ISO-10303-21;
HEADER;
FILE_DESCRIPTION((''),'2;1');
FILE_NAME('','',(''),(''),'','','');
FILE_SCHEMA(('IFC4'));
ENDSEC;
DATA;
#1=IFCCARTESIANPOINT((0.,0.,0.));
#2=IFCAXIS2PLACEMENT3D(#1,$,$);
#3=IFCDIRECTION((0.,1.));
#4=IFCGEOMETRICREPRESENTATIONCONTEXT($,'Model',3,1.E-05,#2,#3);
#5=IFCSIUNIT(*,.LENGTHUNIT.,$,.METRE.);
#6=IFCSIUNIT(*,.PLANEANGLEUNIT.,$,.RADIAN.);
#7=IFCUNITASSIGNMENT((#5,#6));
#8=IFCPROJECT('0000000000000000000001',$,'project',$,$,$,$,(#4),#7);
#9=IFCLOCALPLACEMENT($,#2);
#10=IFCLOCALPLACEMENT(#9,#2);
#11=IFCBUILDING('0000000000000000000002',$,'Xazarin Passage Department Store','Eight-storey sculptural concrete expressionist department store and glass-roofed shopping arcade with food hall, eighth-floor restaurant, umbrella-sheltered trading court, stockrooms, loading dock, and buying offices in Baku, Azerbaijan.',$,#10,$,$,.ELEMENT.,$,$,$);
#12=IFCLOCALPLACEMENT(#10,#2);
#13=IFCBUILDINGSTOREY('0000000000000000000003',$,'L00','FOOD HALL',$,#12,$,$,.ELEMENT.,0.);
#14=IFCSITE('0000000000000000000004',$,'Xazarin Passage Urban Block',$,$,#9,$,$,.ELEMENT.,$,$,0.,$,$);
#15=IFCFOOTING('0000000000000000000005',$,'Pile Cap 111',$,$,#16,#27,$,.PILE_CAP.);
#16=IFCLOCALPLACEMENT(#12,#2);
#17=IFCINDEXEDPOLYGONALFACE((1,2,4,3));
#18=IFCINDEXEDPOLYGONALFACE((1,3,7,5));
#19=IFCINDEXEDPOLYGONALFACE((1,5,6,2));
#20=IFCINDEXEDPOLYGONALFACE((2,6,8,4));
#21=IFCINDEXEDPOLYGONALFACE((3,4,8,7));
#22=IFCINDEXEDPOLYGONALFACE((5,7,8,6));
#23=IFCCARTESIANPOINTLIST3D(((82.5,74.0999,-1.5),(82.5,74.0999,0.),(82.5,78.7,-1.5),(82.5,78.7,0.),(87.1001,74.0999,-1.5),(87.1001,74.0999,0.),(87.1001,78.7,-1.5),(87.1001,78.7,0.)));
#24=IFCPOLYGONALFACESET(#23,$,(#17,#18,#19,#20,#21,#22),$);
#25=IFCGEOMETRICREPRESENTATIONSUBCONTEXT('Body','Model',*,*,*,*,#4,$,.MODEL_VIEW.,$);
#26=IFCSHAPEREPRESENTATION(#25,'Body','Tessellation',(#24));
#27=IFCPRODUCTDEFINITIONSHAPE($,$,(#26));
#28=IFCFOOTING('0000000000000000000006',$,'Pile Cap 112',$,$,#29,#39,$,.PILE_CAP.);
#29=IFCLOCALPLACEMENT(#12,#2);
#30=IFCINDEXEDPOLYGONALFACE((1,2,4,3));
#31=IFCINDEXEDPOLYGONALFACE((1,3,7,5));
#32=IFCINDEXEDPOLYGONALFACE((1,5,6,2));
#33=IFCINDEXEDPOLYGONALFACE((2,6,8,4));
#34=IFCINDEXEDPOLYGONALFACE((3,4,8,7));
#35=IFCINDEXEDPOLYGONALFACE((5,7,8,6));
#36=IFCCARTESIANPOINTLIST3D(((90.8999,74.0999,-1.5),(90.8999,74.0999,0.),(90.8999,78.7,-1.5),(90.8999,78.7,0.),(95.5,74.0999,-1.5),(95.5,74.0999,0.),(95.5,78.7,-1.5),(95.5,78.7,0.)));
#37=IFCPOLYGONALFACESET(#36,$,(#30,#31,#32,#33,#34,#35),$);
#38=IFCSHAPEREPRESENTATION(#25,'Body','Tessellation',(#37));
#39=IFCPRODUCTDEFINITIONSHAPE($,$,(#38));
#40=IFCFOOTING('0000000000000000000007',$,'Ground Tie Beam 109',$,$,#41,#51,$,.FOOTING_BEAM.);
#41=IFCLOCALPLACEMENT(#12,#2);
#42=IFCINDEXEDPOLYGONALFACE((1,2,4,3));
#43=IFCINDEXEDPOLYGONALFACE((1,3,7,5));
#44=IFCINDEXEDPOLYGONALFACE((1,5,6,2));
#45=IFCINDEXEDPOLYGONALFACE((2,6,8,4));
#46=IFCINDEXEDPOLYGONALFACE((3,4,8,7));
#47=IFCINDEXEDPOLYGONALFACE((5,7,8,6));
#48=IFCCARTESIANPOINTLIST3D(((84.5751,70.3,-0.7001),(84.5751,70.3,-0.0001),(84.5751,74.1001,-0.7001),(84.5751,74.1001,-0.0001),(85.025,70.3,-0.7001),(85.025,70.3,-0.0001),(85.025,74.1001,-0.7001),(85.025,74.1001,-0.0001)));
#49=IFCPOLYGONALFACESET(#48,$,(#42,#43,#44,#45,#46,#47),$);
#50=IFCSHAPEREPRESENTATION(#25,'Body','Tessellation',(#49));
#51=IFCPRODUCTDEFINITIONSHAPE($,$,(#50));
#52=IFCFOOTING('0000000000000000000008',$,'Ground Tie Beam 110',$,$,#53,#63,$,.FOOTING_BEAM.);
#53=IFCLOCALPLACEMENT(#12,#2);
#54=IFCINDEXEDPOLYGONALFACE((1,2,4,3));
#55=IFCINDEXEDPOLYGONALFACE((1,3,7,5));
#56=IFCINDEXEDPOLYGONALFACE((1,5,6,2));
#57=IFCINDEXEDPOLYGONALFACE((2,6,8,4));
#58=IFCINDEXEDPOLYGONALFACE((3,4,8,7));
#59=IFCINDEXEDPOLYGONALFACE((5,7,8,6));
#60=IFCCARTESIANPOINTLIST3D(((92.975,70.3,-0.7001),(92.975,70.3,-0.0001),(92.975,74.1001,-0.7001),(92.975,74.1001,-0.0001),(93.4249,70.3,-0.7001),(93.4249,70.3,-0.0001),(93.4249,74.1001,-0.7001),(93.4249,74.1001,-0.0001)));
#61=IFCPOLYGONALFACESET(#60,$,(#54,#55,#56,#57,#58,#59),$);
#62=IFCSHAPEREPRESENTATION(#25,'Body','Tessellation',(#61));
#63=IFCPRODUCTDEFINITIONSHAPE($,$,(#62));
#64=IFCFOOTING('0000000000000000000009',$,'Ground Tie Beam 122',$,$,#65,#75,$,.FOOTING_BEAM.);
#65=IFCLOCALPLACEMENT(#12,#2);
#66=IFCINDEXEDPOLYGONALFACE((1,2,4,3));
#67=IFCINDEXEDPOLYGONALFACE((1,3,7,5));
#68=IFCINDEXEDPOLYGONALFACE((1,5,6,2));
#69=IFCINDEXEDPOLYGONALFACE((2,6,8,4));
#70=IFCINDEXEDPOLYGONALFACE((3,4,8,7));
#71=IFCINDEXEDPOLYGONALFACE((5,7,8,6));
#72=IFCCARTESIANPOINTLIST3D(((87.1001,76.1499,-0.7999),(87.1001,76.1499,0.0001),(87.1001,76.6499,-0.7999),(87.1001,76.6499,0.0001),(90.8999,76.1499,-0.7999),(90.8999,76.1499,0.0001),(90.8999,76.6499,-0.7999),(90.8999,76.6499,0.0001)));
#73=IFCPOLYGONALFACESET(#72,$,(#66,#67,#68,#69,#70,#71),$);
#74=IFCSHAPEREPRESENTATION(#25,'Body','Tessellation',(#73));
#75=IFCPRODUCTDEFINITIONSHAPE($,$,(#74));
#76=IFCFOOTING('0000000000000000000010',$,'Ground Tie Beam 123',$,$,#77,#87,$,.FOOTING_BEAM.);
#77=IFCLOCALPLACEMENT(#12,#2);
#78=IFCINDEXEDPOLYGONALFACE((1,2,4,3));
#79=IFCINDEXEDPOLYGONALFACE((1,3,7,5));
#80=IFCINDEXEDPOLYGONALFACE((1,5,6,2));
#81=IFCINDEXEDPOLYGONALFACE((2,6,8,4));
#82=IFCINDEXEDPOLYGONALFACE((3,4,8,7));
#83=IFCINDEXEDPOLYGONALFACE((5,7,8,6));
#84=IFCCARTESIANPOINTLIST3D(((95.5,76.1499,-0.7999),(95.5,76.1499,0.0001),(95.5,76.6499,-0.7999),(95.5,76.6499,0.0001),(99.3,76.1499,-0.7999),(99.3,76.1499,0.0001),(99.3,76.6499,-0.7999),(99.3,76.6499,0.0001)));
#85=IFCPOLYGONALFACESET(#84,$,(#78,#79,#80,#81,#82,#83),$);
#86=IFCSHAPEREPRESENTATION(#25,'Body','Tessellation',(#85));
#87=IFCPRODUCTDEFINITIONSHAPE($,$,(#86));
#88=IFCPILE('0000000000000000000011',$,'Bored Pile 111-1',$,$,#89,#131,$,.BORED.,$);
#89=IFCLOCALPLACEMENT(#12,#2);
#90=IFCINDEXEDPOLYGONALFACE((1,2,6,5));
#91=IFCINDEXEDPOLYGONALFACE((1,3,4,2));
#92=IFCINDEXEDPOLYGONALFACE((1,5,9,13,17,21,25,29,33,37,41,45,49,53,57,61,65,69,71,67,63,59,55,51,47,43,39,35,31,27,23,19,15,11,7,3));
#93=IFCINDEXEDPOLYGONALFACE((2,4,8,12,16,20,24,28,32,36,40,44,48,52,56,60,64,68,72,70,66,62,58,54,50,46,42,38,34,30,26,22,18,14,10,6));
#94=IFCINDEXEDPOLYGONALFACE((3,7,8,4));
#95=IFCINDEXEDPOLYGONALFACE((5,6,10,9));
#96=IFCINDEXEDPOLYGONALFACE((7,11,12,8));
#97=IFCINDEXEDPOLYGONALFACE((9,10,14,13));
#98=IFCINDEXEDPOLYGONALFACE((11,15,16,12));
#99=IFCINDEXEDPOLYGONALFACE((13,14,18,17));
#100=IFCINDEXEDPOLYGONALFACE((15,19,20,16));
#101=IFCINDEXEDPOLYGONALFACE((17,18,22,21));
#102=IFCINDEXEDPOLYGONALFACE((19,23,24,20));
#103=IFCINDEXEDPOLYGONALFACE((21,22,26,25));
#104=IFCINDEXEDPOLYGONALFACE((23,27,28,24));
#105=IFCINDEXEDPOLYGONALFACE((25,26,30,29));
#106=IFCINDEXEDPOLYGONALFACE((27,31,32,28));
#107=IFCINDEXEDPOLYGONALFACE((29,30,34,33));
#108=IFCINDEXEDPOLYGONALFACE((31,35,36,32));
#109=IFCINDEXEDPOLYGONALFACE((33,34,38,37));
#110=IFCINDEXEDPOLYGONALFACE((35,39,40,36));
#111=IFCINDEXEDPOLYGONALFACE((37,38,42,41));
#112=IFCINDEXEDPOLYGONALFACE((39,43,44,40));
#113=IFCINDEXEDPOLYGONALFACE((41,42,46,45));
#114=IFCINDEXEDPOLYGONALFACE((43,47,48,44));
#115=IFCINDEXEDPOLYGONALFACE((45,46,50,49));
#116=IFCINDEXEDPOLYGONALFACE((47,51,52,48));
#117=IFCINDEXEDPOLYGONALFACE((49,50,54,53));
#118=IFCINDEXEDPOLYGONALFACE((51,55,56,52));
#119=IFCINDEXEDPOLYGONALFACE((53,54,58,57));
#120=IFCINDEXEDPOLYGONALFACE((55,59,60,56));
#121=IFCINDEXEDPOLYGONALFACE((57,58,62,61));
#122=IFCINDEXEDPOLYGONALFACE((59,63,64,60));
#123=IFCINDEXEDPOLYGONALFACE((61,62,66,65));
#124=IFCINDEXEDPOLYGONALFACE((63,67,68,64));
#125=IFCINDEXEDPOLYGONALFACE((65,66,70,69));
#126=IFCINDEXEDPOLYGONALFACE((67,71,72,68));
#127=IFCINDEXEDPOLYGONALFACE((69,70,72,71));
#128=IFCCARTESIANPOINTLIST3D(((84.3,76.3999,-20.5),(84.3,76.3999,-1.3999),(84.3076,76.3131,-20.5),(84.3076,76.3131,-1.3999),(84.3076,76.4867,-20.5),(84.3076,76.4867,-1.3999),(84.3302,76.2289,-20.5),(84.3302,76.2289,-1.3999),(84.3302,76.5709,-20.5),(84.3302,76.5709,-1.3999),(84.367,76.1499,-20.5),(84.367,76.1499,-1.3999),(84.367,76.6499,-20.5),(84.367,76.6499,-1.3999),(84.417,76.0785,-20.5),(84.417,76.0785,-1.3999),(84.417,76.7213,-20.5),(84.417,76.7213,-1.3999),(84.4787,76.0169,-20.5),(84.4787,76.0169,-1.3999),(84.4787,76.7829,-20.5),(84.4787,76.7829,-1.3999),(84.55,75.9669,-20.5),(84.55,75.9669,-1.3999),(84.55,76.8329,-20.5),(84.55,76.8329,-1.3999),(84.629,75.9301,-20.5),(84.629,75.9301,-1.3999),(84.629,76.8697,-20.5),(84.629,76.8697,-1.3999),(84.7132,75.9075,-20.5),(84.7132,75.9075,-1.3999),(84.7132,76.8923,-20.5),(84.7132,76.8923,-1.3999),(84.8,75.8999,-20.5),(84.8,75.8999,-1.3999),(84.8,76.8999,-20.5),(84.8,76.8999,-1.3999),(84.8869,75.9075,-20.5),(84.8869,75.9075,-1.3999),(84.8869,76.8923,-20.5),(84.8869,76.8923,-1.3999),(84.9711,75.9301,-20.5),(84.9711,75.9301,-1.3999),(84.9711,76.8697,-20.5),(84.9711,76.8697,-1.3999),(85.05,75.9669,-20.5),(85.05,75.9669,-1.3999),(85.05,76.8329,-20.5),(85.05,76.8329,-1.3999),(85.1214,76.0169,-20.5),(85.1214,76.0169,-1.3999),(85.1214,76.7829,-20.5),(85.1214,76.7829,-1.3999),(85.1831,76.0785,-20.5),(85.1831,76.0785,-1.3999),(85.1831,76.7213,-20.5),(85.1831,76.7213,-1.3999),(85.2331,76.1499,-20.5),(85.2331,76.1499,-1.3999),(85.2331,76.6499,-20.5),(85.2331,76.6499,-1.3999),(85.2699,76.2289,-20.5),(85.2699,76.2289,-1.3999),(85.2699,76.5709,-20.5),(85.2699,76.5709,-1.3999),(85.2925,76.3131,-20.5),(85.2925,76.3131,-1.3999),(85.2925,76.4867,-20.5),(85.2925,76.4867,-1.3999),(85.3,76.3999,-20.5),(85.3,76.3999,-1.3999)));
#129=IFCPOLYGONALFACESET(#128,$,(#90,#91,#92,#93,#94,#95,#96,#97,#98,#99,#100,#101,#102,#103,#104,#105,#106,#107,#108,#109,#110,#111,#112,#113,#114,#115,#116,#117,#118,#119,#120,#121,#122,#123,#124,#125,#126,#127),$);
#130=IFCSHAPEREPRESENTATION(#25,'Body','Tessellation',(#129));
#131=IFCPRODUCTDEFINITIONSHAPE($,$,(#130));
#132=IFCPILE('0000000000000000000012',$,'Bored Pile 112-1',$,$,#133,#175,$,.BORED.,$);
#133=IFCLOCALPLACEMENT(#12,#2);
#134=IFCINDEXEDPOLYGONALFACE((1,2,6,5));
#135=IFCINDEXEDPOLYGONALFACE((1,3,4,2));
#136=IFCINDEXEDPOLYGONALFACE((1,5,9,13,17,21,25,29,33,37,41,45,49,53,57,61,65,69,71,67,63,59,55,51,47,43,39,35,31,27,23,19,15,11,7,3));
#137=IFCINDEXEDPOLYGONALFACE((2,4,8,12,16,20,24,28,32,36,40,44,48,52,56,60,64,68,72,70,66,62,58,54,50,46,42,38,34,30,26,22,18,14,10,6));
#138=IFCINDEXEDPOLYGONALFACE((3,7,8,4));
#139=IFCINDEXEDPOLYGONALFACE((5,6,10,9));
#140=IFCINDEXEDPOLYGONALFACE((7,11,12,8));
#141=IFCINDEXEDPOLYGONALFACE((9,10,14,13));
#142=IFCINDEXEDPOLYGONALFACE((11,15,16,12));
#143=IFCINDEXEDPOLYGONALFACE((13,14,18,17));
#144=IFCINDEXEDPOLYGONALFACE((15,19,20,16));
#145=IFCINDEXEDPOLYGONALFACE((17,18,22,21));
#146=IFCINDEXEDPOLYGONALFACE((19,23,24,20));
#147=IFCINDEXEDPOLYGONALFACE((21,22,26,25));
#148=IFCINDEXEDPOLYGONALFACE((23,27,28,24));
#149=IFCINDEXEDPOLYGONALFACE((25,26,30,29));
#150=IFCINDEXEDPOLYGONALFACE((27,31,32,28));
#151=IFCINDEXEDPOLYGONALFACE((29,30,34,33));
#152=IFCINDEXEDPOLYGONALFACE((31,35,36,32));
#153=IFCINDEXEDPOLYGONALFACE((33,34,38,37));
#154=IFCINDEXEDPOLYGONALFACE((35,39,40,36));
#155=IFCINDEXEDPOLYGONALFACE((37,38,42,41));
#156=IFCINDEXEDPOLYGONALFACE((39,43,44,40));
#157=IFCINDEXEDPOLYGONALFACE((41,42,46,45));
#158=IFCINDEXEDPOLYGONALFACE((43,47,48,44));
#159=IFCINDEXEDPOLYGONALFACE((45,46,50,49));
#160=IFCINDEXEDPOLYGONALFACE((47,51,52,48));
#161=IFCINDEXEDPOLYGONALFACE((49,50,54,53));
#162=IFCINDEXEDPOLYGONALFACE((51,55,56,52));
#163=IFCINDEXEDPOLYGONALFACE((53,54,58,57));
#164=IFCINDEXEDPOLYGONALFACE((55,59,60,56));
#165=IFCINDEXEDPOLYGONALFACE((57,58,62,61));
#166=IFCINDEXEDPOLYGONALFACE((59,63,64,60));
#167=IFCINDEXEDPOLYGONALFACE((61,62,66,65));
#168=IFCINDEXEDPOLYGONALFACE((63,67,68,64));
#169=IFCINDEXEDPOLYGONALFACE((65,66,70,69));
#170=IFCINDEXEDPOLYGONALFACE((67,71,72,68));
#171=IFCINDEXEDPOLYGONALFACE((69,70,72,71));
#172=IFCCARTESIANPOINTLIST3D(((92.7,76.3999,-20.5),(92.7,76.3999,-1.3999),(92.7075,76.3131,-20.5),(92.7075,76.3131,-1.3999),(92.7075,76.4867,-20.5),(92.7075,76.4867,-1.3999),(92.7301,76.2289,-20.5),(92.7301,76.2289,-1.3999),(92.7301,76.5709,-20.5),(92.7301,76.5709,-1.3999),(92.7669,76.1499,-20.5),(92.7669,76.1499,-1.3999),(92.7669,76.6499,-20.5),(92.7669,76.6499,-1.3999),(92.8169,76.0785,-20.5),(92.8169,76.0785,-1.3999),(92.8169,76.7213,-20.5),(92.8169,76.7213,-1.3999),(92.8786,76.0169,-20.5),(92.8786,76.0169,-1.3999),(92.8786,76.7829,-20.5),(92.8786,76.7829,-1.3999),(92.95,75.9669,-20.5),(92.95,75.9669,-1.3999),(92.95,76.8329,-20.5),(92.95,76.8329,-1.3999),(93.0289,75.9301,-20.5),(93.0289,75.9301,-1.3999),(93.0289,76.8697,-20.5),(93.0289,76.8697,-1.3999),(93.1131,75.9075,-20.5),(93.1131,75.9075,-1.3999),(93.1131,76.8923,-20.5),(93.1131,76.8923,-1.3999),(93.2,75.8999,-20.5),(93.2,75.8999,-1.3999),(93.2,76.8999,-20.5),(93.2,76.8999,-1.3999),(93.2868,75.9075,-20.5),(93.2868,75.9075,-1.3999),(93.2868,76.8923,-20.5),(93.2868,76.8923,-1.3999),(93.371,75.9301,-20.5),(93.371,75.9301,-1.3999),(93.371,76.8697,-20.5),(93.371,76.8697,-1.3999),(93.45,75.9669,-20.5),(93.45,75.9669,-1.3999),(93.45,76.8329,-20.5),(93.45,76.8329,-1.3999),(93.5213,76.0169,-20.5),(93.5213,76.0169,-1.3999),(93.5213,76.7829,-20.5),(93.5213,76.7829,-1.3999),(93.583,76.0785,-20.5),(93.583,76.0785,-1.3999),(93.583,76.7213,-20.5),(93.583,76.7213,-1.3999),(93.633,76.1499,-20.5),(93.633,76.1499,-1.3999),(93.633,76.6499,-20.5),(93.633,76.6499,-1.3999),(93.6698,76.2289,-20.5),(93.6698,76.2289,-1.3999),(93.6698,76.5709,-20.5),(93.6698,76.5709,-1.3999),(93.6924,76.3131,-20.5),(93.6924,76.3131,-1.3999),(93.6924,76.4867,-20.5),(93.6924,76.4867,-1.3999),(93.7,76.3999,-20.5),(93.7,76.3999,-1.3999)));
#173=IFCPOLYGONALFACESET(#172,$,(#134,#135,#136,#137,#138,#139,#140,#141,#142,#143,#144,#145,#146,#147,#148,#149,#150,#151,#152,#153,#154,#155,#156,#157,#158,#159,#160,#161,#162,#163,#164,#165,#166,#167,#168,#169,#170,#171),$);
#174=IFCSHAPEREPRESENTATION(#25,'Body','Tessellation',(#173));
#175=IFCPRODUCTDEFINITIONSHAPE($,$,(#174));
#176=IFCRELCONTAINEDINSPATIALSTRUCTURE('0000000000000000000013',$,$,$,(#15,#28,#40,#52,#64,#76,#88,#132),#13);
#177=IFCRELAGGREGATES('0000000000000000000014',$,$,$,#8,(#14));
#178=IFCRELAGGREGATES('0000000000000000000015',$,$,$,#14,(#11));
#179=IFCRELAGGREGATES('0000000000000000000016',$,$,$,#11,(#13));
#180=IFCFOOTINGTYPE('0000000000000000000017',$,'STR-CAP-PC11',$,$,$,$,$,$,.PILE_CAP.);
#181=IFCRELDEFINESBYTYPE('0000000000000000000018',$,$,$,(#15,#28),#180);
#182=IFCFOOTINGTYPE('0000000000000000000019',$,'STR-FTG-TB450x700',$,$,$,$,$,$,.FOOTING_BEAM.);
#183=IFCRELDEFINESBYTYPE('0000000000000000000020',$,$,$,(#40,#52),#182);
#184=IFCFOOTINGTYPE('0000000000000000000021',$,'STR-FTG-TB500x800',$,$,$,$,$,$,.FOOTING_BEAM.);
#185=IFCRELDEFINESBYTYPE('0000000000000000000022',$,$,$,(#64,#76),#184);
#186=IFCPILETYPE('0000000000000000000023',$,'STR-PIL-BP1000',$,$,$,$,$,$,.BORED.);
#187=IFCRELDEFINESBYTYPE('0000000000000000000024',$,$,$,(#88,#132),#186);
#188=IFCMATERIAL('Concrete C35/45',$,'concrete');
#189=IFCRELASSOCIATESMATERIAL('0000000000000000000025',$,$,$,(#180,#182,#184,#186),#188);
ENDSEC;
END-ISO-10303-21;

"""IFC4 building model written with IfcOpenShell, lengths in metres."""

from ifc_helpers import new_model, si_unit, direction, frame, origin, origin_2d, place, context, subcontext, project, spatial, rectangle, circle, extrude, material, material_profile, profile_set, type_object, element, save


model = new_model("IFC4")

# Units and contexts
model_context = context("Model", 3, precision=1e-05, world=origin(), true_north=direction((0.0, 1.0)))
body_context = subcontext(model_context, "Body", "Model", "MODEL_VIEW")
ifc_project = project(units=[si_unit("LENGTHUNIT", "METRE"), si_unit("PLANEANGLEUNIT", "RADIAN")], contexts=[model_context])

# Site, building, storey
site_placement = place(None, origin())
site = spatial("IfcSite", under=ifc_project, at=site_placement, Name="Xazarin Passage Urban Block", CompositionType="ELEMENT", RefElevation=0.0)
building_placement = place(site_placement, origin())
building = spatial("IfcBuilding", under=site, at=building_placement, Name="Xazarin Passage Department Store", Description="Eight-storey sculptural concrete expressionist department store and glass-roofed shopping arcade with food hall, eighth-floor restaurant, umbrella-sheltered trading court, stockrooms, loading dock, and buying offices in Baku, Azerbaijan.", CompositionType="ELEMENT")
storey_placement = place(building_placement, origin())
storey = spatial("IfcBuildingStorey", under=building, at=storey_placement, Name="L00", Description="FOOD HALL", CompositionType="ELEMENT", Elevation=0.0)

# Footings
ifc_material_1 = material(Name="Concrete C35/45", Category="concrete")
footing_type_1 = type_object("IfcFootingType", Name="STR-CAP-PC11", PredefinedType="PILE_CAP", material=ifc_material_1)
for number, where, z_axis, x_axis, name in (
    (1, (84.8, 76.3999, -1.5), (0.0, 0.0, 1.0), (1.0, 0.0, 0.0), "Pile Cap 111"),
    (2, (93.2, 76.3999, -1.5), (0.0, 0.0, 1.0), (1.0, 0.0, 0.0), "Pile Cap 112"),
):
    element("IfcFooting", number, at=place(storey_placement, frame(where, z_axis=z_axis, x_axis=x_axis)), inside=storey, type_object=footing_type_1, Name=name, PredefinedType="PILE_CAP", context=body_context, shape_type="SweptSolid", body=[
        extrude(rectangle(XDim=4.6001, YDim=4.6001, at=origin_2d()), origin(), (0.0, 0.0, 1.0), 1.5),
    ])
ifc_material_profile_1 = material_profile(ifc_material_1, rectangle(XDim=0.45, YDim=0.7, at=origin_2d()), Name="RC 450x700")
ifc_profile_set_1 = profile_set([ifc_material_profile_1], Name="Concrete C35/45")
footing_type_2 = type_object("IfcFootingType", Name="STR-FTG-TB450x700", PredefinedType="FOOTING_BEAM", material=ifc_profile_set_1)
for number, where, z_axis, x_axis, name in (
    (3, (84.8, 70.3, -0.3501), (0.0, 1.0, 0.0), (-1.0, 0.0, 0.0), "Ground Tie Beam 109"),
    (4, (93.2, 70.3, -0.3501), (0.0, 1.0, 0.0), (-1.0, 0.0, 0.0), "Ground Tie Beam 110"),
):
    element("IfcFooting", number, at=place(storey_placement, frame(where, z_axis=z_axis, x_axis=x_axis)), inside=storey, type_object=footing_type_2, Name=name, PredefinedType="FOOTING_BEAM", context=body_context, shape_type="SweptSolid", body=[
        extrude(rectangle(XDim=0.45, YDim=0.7, at=origin_2d()), origin(), (0.0, 0.0, 1.0), 3.8),
    ])
ifc_material_profile_2 = material_profile(ifc_material_1, rectangle(XDim=0.5, YDim=0.8, at=origin_2d()), Name="RC 500x800")
ifc_profile_set_2 = profile_set([ifc_material_profile_2], Name="Concrete C35/45")
footing_type_3 = type_object("IfcFootingType", Name="STR-FTG-TB500x800", PredefinedType="FOOTING_BEAM", material=ifc_profile_set_2)
footing_1_placement = place(storey_placement, frame((87.1001, 76.3999, -0.3999), z_axis=(1.0, 0.0, 0.0), x_axis=(0.0, 1.0, 0.0)))
element("IfcFooting", 5, at=footing_1_placement, inside=storey, type_object=footing_type_3, Name="Ground Tie Beam 122", PredefinedType="FOOTING_BEAM", context=body_context, shape_type="SweptSolid", body=[
    extrude(rectangle(XDim=0.5, YDim=0.8, at=origin_2d()), origin(), (0.0, 0.0, 1.0), 3.7998),
])
footing_2_placement = place(storey_placement, frame((95.5, 76.3999, -0.3999), z_axis=(1.0, 0.0, 0.0), x_axis=(0.0, 1.0, 0.0)))
element("IfcFooting", 6, at=footing_2_placement, inside=storey, type_object=footing_type_3, Name="Ground Tie Beam 123", PredefinedType="FOOTING_BEAM", context=body_context, shape_type="SweptSolid", body=[
    extrude(rectangle(XDim=0.5, YDim=0.8, at=origin_2d()), origin(), (0.0, 0.0, 1.0), 3.8),
])

# Piles
ifc_material_profile_3 = material_profile(ifc_material_1, circle(Radius=0.5, at=origin_2d()), Name="BP 1000")
ifc_profile_set_3 = profile_set([ifc_material_profile_3], Name="Concrete C35/45")
pile_type = type_object("IfcPileType", Name="STR-PIL-BP1000", PredefinedType="BORED", material=ifc_profile_set_3)
for number, where, z_axis, x_axis, name in (
    (7, (84.8, 76.3999, -1.3999), (0.0, 0.0, -1.0), (1.0, 0.0, 0.0), "Bored Pile 111-1"),
    (8, (93.2, 76.3999, -1.3999), (0.0, 0.0, -1.0), (1.0, 0.0, 0.0), "Bored Pile 112-1"),
):
    element("IfcPile", number, at=place(storey_placement, frame(where, z_axis=z_axis, x_axis=x_axis)), inside=storey, type_object=pile_type, Name=name, PredefinedType="BORED", context=body_context, shape_type="SweptSolid", body=[
        extrude(circle(Radius=0.5, at=origin_2d()), origin(), (0.0, 0.0, 1.0), 19.1001),
    ])

save(model, "model.ifc")
